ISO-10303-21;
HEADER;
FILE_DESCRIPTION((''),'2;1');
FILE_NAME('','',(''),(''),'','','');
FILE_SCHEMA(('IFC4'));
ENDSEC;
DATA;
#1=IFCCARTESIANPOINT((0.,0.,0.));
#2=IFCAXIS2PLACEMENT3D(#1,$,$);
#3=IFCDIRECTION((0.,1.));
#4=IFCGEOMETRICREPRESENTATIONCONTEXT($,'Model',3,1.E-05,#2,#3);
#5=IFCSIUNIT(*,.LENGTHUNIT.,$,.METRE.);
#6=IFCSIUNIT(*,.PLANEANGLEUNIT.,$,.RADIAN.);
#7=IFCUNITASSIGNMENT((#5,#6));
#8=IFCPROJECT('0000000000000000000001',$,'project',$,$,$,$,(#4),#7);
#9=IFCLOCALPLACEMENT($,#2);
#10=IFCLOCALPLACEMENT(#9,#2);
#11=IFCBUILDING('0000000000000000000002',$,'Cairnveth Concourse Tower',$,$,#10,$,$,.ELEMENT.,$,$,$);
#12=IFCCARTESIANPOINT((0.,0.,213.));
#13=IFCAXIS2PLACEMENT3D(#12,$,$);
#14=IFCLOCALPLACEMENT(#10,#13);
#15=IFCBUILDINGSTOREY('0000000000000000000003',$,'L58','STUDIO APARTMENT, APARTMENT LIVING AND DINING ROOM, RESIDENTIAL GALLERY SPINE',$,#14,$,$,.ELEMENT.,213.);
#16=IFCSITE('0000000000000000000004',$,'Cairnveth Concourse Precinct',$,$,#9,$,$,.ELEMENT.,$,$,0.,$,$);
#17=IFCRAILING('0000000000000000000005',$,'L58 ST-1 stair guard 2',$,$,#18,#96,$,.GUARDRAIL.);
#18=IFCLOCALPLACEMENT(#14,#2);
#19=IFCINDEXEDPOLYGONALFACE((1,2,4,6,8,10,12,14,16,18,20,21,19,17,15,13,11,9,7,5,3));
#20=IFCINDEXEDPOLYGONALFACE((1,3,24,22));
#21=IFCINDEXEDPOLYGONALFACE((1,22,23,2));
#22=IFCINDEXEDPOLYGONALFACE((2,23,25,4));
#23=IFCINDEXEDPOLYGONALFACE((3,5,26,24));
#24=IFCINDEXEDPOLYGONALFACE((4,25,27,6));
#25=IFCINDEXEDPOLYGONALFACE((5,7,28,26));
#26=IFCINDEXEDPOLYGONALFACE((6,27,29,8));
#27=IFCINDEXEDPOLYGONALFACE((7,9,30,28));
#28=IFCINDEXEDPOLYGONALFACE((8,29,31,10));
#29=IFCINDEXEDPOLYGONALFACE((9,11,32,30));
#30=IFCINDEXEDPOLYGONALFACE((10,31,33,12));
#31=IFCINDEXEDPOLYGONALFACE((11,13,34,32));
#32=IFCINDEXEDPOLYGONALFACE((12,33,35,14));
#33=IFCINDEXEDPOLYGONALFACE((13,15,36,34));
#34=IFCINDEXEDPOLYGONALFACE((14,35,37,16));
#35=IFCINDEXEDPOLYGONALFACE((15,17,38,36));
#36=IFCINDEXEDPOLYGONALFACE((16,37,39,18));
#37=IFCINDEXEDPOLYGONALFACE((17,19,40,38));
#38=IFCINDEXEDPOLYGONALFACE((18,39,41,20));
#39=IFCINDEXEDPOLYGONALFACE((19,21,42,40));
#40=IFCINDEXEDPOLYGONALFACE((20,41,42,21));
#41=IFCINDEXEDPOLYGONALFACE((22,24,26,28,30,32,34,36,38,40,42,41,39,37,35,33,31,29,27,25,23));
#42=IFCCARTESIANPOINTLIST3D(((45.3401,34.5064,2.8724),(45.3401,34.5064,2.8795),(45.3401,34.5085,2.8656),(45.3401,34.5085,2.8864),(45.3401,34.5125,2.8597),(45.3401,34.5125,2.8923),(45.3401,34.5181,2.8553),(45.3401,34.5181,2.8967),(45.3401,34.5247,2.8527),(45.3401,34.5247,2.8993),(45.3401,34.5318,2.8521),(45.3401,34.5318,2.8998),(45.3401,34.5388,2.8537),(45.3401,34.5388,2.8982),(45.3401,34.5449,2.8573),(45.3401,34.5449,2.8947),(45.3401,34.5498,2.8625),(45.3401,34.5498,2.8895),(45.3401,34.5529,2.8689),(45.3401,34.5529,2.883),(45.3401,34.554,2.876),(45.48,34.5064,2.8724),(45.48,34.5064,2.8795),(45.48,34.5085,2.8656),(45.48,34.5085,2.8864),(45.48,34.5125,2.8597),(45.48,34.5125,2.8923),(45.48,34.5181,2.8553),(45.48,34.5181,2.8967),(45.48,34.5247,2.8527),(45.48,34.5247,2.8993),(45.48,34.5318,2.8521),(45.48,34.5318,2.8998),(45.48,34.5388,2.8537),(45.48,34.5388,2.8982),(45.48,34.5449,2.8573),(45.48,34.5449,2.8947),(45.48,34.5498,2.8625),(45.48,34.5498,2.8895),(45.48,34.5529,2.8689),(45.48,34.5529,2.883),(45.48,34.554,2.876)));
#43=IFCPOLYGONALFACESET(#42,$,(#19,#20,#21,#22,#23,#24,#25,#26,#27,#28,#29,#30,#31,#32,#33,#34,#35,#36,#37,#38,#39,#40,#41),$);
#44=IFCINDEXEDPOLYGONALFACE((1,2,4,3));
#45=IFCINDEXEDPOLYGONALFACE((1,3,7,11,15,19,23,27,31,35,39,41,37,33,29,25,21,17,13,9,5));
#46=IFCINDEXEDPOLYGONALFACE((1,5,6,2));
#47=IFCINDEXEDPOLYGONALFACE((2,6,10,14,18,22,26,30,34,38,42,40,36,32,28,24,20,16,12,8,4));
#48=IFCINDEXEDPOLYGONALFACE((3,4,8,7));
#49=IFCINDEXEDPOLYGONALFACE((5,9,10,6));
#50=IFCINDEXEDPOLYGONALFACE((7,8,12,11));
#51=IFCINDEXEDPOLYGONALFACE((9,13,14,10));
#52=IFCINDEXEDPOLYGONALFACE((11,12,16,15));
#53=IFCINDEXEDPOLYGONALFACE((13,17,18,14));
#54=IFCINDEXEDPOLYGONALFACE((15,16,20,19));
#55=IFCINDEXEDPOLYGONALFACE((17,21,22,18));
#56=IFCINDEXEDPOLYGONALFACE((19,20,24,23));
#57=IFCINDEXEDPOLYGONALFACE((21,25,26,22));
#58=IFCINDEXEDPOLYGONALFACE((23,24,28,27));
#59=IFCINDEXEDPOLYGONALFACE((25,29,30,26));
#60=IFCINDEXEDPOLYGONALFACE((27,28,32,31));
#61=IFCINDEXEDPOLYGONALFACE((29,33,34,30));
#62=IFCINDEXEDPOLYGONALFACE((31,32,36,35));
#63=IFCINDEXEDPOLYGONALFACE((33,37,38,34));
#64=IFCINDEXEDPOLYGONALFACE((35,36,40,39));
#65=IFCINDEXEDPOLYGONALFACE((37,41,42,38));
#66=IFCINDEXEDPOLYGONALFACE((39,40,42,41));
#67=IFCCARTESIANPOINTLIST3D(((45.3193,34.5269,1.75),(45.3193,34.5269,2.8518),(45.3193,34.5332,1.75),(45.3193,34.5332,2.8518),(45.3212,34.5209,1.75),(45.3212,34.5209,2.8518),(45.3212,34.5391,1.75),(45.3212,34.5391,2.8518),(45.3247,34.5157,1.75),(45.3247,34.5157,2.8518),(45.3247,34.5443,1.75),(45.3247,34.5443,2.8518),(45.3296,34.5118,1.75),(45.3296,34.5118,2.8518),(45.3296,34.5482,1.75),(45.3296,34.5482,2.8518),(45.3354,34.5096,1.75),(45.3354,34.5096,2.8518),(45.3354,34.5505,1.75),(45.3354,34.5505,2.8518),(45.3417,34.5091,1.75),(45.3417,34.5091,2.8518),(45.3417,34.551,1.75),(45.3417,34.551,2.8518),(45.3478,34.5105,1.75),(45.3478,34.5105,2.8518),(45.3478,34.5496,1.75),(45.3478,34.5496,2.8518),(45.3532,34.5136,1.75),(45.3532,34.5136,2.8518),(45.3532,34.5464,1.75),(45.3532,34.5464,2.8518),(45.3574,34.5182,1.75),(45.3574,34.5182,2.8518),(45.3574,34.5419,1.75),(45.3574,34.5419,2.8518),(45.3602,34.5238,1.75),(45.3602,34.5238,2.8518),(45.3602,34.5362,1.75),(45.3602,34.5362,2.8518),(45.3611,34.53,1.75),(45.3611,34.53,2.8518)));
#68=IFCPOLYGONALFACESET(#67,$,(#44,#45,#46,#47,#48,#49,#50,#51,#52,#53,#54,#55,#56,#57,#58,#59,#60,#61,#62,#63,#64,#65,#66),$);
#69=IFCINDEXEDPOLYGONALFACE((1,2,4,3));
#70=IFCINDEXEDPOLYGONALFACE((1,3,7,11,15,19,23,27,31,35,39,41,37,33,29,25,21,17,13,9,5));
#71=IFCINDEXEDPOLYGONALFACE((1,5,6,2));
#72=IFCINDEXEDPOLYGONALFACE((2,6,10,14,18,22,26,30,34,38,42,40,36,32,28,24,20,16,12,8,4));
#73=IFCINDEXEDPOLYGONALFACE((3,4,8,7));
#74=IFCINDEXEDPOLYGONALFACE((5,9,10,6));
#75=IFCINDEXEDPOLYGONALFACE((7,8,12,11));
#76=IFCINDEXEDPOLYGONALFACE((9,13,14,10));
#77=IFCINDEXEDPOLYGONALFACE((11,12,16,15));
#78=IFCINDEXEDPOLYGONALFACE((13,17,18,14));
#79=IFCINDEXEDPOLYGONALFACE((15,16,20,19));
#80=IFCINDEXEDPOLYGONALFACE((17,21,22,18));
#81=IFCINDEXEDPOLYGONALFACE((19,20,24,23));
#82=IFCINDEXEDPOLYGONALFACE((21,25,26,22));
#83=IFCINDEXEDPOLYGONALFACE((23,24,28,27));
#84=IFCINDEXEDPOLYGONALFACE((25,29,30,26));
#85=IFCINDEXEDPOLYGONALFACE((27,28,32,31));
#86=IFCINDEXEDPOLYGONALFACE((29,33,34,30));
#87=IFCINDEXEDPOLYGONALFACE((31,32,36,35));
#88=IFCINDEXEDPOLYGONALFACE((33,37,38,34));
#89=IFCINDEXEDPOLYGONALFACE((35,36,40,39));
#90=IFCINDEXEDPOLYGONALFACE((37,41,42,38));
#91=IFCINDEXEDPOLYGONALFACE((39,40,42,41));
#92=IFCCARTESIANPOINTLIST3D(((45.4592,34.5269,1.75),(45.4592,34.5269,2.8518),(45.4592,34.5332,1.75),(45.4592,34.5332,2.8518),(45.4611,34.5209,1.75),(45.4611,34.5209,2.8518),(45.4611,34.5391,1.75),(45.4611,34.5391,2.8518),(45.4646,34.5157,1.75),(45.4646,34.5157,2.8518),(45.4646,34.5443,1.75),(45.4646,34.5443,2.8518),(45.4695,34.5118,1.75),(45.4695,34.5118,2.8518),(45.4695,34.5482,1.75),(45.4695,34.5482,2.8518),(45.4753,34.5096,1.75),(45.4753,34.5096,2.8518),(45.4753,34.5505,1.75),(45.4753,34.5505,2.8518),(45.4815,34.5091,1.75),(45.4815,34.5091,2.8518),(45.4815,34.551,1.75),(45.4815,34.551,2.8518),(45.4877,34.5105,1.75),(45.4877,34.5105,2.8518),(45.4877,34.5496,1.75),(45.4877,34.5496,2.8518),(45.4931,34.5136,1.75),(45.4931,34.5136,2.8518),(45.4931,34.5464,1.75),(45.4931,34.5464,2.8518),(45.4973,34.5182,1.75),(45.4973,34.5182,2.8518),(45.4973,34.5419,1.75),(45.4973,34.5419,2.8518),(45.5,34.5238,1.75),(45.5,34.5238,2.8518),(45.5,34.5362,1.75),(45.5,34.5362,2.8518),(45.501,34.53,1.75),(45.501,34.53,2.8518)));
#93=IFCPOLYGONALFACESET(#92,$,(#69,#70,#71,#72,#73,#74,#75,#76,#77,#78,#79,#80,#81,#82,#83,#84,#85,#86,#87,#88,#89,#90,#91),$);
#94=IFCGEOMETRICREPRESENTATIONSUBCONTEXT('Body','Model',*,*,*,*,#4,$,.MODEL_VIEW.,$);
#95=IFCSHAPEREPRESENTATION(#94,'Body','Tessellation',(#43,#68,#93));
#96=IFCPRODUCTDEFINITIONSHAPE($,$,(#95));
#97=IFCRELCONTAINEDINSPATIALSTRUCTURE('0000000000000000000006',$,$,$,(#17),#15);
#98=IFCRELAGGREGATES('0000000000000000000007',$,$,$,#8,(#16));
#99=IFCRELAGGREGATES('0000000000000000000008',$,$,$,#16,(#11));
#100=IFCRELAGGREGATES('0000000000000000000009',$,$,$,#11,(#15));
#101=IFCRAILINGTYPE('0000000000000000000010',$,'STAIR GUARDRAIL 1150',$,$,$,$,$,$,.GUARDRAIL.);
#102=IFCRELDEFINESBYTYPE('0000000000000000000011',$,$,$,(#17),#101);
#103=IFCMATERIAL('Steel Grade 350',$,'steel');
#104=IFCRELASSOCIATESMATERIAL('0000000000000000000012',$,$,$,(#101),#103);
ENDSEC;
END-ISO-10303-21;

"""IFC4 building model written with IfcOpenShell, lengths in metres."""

from ifc_helpers import new_model, si_unit, direction, frame, origin, origin_2d, place, context, subcontext, project, spatial, circle, extrude, material, type_object, element, save


model = new_model("IFC4")

# Units and contexts
model_context = context("Model", 3, precision=1e-05, world=origin(), true_north=direction((0.0, 1.0)))
body_context = subcontext(model_context, "Body", "Model", "MODEL_VIEW")
ifc_project = project(units=[si_unit("LENGTHUNIT", "METRE"), si_unit("PLANEANGLEUNIT", "RADIAN")], contexts=[model_context])

# Site, building, storey
site_placement = place(None, origin())
site = spatial("IfcSite", under=ifc_project, at=site_placement, Name="Cairnveth Concourse Precinct", CompositionType="ELEMENT", RefElevation=0.0)
building_placement = place(site_placement, origin())
building = spatial("IfcBuilding", under=site, at=building_placement, Name="Cairnveth Concourse Tower", CompositionType="ELEMENT")
storey_placement = place(building_placement, frame((0.0, 0.0, 213.0)))
storey = spatial("IfcBuildingStorey", under=building, at=storey_placement, Name="L58", Description="STUDIO APARTMENT, APARTMENT LIVING AND DINING ROOM, RESIDENTIAL GALLERY SPINE", CompositionType="ELEMENT", Elevation=213.0)

# Railing
ifc_material_1 = material(Name="Steel Grade 350", Category="steel")
railing_type_1 = type_object("IfcRailingType", Name="STAIR GUARDRAIL 1150", PredefinedType="GUARDRAIL", material=ifc_material_1)
railing_1_placement = place(storey_placement, frame((45.3401, 34.53, 1.75)))
element("IfcRailing", 1, at=railing_1_placement, inside=storey, type_object=railing_type_1, Name="L58 ST-1 stair guard 2", PredefinedType="GUARDRAIL", context=body_context, shape_type="SweptSolid", body=[
    extrude(circle(Radius=0.0239, at=origin_2d()), frame((0.0, 0.0, 1.126), z_axis=(1.0, 0.0, 0.0), x_axis=(0.0, 1.0, 0.0)), (0.0, 0.0, 1.0), 0.1399),
    extrude(circle(Radius=0.021, at=origin_2d()), origin(), (0.0, 0.0, 1.0), 1.1018),
    extrude(circle(Radius=0.021, at=origin_2d()), frame((0.1399, 0.0, 0.0)), (0.0, 0.0, 1.0), 1.1018),
])

save(model, "model.ifc")
